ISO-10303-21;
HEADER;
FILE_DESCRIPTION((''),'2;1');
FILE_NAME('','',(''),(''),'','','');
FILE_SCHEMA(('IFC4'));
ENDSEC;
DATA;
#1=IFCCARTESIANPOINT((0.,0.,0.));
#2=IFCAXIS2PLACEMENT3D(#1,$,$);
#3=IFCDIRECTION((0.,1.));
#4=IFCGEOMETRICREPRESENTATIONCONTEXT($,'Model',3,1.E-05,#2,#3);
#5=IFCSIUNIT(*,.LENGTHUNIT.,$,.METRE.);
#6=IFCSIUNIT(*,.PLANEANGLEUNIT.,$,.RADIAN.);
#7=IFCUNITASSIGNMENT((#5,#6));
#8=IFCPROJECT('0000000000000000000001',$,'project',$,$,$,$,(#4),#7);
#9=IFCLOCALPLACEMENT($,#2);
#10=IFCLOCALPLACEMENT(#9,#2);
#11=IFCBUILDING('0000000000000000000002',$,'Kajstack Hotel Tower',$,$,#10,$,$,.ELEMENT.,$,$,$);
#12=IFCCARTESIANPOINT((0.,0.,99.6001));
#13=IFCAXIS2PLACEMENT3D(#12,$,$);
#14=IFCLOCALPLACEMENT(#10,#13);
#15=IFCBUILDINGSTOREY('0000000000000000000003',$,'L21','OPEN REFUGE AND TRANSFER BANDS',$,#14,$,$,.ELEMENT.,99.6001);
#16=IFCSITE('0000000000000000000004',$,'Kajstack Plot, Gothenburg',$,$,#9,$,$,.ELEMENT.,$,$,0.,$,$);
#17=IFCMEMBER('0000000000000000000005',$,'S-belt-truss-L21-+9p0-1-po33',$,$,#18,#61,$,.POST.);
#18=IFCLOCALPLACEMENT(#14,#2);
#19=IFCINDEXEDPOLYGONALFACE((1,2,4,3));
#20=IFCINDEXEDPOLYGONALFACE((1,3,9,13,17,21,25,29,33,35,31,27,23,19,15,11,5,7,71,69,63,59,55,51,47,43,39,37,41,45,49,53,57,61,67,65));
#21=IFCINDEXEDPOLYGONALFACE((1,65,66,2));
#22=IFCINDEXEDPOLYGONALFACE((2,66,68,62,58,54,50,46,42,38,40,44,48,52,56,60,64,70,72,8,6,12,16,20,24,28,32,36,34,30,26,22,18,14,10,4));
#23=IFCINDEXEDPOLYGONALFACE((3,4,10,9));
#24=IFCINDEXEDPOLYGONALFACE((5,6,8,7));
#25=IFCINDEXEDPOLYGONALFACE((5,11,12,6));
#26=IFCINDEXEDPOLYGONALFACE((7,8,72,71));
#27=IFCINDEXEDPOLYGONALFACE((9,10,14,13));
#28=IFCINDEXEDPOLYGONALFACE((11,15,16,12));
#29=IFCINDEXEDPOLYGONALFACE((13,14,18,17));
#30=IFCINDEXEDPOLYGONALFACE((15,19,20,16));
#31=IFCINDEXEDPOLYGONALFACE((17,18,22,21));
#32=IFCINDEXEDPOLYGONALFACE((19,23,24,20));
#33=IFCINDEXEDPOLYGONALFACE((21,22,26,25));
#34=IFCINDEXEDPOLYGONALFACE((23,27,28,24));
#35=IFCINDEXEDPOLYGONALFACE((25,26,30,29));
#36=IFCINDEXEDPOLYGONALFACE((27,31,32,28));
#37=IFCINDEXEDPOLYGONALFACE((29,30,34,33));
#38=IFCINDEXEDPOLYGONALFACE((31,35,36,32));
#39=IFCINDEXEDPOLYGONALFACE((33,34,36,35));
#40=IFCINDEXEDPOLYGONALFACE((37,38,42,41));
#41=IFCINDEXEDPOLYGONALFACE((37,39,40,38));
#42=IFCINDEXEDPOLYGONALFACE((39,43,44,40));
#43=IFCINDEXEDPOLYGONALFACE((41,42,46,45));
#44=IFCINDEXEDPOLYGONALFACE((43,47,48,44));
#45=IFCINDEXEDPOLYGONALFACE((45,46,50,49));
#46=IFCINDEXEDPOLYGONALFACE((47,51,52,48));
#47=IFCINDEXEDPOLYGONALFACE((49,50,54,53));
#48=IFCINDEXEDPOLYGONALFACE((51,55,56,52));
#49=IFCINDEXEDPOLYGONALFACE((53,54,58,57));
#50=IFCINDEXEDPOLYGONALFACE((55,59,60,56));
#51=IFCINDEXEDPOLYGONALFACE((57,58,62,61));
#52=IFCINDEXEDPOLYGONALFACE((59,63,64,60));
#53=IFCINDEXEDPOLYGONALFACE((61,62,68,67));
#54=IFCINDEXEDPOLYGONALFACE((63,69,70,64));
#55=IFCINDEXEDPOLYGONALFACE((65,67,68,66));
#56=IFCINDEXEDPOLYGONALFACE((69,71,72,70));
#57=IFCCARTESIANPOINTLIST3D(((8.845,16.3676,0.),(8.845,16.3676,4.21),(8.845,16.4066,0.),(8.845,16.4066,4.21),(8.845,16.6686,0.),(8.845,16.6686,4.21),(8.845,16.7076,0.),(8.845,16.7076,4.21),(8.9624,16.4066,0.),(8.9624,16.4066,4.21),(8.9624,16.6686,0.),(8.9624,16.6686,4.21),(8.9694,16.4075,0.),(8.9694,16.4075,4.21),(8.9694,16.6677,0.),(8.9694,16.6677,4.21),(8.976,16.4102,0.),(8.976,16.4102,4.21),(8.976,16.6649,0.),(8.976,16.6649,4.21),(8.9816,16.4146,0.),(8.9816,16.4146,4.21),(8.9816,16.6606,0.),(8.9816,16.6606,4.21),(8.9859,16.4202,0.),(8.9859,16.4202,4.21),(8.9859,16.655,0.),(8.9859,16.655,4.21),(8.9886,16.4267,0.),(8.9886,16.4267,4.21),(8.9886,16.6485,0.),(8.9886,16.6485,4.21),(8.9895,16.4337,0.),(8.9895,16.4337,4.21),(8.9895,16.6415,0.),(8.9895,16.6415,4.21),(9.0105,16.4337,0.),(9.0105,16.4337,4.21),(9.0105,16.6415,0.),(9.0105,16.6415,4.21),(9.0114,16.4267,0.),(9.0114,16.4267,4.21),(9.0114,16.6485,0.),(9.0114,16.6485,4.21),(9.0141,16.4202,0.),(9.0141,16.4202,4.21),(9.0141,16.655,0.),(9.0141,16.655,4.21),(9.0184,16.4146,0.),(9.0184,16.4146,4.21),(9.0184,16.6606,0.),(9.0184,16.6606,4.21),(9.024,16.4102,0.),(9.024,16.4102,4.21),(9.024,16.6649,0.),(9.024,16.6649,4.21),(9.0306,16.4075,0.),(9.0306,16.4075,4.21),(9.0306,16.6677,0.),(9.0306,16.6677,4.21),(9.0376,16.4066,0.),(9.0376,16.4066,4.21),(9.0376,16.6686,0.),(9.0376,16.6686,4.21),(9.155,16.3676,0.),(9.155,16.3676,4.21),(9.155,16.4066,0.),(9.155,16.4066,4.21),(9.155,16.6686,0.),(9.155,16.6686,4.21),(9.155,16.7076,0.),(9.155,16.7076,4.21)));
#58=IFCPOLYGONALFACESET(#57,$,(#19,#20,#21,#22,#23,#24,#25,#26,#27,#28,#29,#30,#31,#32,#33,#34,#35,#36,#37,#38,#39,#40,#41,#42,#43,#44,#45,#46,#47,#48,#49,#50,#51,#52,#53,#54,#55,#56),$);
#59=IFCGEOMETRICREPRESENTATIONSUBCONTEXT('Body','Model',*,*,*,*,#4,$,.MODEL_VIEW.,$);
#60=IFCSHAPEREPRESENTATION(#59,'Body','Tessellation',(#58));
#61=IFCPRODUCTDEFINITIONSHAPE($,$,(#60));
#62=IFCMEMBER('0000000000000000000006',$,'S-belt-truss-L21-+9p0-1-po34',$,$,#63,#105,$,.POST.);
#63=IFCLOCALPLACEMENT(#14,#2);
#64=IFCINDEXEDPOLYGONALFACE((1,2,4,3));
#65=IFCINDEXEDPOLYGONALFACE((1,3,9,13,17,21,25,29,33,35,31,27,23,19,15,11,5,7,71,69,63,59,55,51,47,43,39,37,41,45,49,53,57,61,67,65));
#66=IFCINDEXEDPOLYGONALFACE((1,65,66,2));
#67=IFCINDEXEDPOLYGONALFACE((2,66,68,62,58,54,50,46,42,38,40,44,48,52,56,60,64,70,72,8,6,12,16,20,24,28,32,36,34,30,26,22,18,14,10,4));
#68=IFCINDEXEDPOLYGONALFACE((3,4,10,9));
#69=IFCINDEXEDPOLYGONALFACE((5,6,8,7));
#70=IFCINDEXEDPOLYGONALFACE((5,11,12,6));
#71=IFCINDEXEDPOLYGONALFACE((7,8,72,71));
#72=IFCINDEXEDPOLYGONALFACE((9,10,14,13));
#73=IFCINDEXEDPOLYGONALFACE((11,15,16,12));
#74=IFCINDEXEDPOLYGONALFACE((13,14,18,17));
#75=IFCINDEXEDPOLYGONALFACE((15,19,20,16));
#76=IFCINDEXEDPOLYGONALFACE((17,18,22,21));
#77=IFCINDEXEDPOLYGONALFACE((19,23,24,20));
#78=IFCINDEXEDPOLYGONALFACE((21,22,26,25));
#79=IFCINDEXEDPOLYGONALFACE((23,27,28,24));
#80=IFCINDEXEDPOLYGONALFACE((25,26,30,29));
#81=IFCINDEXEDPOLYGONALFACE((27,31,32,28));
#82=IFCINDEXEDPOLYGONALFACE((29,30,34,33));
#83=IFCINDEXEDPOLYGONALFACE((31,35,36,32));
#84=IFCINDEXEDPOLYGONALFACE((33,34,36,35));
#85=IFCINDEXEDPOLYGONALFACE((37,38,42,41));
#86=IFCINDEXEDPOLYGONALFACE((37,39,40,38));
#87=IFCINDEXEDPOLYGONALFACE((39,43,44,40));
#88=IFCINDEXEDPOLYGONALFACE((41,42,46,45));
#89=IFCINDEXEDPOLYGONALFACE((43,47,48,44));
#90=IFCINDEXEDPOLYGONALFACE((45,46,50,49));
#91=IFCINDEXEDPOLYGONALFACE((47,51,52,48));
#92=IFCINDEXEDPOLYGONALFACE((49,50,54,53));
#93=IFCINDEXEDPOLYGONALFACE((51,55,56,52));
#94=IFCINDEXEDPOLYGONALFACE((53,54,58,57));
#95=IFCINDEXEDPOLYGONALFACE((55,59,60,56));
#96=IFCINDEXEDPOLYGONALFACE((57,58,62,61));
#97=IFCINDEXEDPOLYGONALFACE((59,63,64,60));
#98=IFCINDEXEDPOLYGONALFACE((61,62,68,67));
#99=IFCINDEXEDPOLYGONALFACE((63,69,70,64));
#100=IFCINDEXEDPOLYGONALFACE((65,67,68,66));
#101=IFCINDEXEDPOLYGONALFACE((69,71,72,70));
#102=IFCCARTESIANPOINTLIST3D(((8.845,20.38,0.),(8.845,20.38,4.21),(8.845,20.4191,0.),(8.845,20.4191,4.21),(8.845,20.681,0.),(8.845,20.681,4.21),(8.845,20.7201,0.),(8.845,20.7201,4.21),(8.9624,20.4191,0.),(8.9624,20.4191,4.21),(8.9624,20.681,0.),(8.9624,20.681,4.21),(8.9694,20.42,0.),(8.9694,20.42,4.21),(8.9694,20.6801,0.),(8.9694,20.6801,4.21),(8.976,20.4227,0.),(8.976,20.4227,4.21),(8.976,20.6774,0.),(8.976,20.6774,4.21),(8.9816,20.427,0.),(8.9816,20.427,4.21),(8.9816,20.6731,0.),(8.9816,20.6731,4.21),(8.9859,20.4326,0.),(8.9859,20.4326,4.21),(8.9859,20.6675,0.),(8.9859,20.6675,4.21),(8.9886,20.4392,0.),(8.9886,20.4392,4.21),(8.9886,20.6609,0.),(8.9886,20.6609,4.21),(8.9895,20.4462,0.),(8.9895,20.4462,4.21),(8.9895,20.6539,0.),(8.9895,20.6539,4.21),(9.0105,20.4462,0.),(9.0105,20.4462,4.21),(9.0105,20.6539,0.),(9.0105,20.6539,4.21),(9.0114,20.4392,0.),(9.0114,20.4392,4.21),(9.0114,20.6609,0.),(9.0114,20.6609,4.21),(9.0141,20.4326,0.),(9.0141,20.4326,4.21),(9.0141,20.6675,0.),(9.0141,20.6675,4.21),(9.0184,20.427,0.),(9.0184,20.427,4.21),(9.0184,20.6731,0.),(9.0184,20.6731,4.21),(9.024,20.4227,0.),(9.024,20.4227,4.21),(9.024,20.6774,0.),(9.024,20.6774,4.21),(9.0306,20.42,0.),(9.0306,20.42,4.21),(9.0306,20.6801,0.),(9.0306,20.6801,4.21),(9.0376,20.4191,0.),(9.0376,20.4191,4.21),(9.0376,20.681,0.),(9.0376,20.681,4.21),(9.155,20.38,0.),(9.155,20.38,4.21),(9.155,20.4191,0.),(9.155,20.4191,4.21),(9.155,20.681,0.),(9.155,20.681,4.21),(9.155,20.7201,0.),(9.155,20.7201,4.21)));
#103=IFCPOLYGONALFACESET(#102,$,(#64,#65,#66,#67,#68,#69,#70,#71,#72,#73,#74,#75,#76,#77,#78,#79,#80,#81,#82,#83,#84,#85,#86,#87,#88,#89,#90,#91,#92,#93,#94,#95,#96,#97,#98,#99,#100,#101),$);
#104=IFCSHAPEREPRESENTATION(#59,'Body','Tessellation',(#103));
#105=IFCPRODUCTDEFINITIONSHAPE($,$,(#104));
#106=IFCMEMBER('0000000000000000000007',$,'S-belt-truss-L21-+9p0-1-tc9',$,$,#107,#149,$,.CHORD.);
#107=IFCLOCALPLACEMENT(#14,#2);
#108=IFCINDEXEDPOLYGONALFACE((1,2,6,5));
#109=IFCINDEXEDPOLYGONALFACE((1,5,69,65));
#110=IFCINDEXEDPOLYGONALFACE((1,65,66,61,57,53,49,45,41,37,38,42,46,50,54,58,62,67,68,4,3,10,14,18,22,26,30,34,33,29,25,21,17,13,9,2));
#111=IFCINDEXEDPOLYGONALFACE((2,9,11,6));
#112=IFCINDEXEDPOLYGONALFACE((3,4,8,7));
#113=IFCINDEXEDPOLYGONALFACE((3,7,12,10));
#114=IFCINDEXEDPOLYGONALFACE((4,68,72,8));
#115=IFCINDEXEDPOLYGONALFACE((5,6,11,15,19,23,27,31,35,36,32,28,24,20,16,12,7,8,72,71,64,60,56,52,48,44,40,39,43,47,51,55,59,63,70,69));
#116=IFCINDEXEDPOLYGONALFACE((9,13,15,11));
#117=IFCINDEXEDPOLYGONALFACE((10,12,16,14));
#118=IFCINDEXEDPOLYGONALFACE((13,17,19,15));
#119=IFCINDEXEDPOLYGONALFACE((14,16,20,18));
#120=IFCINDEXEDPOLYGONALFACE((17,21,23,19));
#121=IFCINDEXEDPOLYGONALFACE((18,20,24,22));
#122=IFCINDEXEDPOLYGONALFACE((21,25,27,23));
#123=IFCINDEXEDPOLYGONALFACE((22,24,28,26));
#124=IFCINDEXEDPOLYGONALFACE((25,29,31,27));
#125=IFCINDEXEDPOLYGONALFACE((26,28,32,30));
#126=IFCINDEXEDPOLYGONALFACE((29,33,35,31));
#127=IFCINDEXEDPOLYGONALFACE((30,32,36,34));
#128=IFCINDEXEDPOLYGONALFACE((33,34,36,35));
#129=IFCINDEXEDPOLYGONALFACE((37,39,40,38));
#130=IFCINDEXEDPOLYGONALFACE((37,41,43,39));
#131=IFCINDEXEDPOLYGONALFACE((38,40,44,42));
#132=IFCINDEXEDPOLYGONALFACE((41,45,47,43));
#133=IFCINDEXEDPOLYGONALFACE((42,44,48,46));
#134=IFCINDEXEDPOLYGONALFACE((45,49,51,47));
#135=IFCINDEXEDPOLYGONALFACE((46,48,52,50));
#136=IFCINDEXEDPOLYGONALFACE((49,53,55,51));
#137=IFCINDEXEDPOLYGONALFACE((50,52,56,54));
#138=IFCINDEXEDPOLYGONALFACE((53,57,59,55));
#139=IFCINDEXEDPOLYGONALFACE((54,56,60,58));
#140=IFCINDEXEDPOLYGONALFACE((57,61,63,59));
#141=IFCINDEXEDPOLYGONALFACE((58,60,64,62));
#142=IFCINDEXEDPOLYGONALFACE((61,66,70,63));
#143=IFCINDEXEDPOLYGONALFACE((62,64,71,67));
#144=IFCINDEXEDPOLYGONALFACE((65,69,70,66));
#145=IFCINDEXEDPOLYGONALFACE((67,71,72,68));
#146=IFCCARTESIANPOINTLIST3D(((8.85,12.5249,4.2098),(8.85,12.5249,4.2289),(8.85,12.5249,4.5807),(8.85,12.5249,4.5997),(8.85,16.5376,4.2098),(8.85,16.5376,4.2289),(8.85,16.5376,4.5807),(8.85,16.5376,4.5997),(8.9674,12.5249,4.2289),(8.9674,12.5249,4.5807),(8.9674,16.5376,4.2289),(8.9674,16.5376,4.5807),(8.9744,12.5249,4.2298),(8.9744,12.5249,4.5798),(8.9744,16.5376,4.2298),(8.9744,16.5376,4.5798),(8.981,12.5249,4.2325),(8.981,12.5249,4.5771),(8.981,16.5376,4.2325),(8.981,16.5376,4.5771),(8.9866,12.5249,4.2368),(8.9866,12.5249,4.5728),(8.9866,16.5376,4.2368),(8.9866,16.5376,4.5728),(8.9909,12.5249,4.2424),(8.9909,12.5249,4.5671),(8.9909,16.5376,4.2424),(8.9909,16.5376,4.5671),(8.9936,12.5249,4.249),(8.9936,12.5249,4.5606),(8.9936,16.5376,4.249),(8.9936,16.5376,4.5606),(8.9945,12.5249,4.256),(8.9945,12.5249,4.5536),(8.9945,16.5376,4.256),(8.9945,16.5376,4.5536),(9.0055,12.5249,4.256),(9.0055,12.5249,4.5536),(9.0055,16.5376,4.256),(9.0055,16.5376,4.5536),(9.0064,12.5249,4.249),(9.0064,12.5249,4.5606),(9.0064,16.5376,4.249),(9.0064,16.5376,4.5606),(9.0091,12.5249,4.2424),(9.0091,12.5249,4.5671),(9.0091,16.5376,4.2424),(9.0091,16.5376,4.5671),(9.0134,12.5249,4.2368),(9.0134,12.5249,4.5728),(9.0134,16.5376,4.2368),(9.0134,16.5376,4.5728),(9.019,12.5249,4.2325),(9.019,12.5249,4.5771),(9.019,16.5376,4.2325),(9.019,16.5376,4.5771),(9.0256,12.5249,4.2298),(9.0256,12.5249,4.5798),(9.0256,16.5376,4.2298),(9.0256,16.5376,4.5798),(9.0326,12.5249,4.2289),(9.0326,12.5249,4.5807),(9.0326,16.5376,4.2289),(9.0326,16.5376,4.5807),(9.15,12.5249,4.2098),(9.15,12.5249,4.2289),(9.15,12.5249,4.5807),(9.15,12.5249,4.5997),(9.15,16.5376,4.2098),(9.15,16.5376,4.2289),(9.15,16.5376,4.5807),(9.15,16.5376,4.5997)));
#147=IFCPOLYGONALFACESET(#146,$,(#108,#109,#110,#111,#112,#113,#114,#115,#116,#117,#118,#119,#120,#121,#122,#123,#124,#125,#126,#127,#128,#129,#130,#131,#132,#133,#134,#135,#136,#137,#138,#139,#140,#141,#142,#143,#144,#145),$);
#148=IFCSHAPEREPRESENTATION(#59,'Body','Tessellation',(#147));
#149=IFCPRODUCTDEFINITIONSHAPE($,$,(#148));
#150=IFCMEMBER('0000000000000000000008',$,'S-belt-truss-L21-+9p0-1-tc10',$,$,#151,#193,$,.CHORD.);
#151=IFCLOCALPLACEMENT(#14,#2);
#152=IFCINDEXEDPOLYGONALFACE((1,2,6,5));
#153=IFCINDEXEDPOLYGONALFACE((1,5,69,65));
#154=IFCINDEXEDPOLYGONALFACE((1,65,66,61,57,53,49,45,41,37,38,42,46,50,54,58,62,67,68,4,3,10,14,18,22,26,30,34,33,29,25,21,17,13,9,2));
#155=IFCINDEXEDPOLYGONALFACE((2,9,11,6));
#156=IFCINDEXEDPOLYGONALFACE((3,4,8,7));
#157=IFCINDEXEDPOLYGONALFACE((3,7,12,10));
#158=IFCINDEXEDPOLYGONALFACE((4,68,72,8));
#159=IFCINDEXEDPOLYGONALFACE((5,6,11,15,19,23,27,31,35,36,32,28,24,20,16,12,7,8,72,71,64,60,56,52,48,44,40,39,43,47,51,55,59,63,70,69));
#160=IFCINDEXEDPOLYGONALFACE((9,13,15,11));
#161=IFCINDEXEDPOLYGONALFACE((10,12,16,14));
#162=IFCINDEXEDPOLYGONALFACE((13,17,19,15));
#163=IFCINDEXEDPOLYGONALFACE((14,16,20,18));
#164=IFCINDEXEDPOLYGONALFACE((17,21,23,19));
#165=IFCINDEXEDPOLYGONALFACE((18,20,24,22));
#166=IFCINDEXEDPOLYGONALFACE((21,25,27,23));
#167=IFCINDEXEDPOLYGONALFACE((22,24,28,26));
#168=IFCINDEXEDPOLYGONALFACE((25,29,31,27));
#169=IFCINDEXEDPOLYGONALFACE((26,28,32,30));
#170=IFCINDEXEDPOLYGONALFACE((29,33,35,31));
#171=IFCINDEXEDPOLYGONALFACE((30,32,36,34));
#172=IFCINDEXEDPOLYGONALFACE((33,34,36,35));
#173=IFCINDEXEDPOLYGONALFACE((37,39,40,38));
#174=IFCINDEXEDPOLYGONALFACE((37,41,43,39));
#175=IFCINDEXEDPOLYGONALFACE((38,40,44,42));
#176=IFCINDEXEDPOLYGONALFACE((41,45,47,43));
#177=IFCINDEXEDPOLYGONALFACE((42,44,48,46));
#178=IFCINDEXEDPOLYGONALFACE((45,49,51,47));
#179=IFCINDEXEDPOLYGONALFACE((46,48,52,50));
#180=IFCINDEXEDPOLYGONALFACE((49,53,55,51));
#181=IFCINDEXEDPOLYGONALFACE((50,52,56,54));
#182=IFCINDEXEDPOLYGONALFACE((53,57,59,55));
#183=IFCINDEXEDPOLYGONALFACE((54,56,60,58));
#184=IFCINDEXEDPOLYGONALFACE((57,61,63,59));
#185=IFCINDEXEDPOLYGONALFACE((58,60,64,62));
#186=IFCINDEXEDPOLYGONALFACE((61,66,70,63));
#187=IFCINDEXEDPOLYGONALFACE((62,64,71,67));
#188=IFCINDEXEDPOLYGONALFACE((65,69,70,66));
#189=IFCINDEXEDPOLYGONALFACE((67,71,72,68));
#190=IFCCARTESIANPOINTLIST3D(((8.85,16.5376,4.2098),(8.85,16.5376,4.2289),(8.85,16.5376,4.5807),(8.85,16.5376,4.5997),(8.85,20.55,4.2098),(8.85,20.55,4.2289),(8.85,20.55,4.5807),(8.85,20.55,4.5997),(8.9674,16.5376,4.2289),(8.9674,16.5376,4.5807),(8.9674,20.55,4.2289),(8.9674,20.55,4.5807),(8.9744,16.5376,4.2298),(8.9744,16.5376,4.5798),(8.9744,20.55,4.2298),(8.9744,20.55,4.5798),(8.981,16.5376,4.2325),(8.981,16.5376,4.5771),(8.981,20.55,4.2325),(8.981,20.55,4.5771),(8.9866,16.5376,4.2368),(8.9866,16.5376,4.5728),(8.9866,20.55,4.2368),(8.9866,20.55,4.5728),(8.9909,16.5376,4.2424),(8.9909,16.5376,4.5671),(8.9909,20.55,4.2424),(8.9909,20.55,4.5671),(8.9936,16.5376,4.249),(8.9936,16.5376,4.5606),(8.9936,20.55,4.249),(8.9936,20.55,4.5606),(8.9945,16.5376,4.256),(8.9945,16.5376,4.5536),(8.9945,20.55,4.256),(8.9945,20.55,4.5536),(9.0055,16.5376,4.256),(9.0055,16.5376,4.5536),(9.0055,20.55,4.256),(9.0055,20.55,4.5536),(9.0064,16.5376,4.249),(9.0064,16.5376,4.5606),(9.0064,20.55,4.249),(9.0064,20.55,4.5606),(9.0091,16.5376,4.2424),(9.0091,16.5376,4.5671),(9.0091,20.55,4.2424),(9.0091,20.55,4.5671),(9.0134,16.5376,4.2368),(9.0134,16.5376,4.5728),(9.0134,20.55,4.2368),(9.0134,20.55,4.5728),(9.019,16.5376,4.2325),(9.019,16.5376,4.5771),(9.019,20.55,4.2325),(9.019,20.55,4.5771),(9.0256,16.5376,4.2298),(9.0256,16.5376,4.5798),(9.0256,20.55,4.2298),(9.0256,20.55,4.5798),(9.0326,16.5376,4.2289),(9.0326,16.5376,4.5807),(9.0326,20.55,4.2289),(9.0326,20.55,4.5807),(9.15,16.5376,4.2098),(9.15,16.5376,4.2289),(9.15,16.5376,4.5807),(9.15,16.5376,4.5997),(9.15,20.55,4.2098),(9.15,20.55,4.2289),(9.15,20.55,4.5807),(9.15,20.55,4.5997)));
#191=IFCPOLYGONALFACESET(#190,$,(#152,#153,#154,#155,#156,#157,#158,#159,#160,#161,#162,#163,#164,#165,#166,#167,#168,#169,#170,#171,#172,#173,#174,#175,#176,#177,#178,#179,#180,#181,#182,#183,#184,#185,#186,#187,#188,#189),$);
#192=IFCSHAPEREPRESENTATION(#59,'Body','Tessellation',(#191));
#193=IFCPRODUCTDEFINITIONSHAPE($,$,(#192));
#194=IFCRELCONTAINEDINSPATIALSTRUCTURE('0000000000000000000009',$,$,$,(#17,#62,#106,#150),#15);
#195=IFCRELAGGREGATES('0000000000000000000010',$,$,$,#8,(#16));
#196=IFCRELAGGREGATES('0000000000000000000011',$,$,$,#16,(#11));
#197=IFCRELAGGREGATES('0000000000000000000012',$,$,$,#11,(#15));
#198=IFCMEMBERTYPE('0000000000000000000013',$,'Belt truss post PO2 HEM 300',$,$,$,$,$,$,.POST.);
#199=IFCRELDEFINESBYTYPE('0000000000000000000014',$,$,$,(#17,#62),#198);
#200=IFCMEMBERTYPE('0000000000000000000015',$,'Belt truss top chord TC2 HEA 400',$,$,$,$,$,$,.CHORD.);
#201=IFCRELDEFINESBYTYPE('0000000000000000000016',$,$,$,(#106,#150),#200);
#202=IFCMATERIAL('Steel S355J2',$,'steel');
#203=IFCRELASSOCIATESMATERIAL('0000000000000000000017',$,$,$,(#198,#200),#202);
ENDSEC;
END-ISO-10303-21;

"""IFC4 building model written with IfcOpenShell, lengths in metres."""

from ifc_helpers import new_model, si_unit, direction, frame, origin, origin_2d, place, context, subcontext, project, spatial, i_section, extrude, material, material_profile, profile_set, type_object, element, save


model = new_model("IFC4")

# Units and contexts
model_context = context("Model", 3, precision=1e-05, world=origin(), true_north=direction((0.0, 1.0)))
body_context = subcontext(model_context, "Body", "Model", "MODEL_VIEW")
ifc_project = project(units=[si_unit("LENGTHUNIT", "METRE"), si_unit("PLANEANGLEUNIT", "RADIAN")], contexts=[model_context])

# Site, building, storey
site_placement = place(None, origin())
site = spatial("IfcSite", under=ifc_project, at=site_placement, Name="Kajstack Plot, Gothenburg", CompositionType="ELEMENT", RefElevation=0.0)
building_placement = place(site_placement, origin())
building = spatial("IfcBuilding", under=site, at=building_placement, Name="Kajstack Hotel Tower", CompositionType="ELEMENT")
storey_placement = place(building_placement, frame((0.0, 0.0, 99.6001)))
storey = spatial("IfcBuildingStorey", under=building, at=storey_placement, Name="L21", Description="OPEN REFUGE AND TRANSFER BANDS", CompositionType="ELEMENT", Elevation=99.6001)

# Members
ifc_material = material(Name="Steel S355J2", Category="steel")
ifc_material_profile_1 = material_profile(ifc_material, i_section(OverallWidth=0.3101, OverallDepth=0.3401, WebThickness=0.021, FlangeThickness=0.0391, FilletRadius=0.0271, at=origin_2d()), Name="HEM 300")
ifc_profile_set_1 = profile_set([ifc_material_profile_1], Name="Steel S355J2")
member_type_1 = type_object("IfcMemberType", Name="Belt truss post PO2 HEM 300", PredefinedType="POST", material=ifc_profile_set_1)
for number, where, z_axis, x_axis, name in (
    (1, (9.0, 16.5376, 0.0), (0.0, 0.0, 1.0), (1.0, 0.0, 0.0), "S-belt-truss-L21-+9p0-1-po33"),
    (2, (9.0, 20.55, 0.0), (0.0, 0.0, 1.0), (1.0, 0.0, 0.0), "S-belt-truss-L21-+9p0-1-po34"),
):
    element("IfcMember", number, at=place(storey_placement, frame(where, z_axis=z_axis, x_axis=x_axis)), inside=storey, type_object=member_type_1, Name=name, PredefinedType="POST", context=body_context, shape_type="SweptSolid", body=[
        extrude(i_section(OverallWidth=0.3101, OverallDepth=0.3401, WebThickness=0.021, FlangeThickness=0.0391, FilletRadius=0.0271, at=origin_2d()), origin(), (0.0, 0.0, 1.0), 4.21),
    ])
ifc_material_profile_2 = material_profile(ifc_material, i_section(OverallWidth=0.3, OverallDepth=0.3899, WebThickness=0.011, FlangeThickness=0.019, FilletRadius=0.0271, at=origin_2d()), Name="HEA 400")
ifc_profile_set_2 = profile_set([ifc_material_profile_2], Name="Steel S355J2")
member_type_2 = type_object("IfcMemberType", Name="Belt truss top chord TC2 HEA 400", PredefinedType="CHORD", material=ifc_profile_set_2)
member_1_placement = place(storey_placement, frame((9.0, 12.5249, 4.4048), z_axis=(0.0, 1.0, 0.0), x_axis=(-1.0, 0.0, 0.0)))
element("IfcMember", 3, at=member_1_placement, inside=storey, type_object=member_type_2, Name="S-belt-truss-L21-+9p0-1-tc9", PredefinedType="CHORD", context=body_context, shape_type="SweptSolid", body=[
    extrude(i_section(OverallWidth=0.3, OverallDepth=0.3899, WebThickness=0.011, FlangeThickness=0.019, FilletRadius=0.0271, at=origin_2d()), origin(), (0.0, 0.0, 1.0), 4.0127),
])
member_2_placement = place(storey_placement, frame((9.0, 16.5376, 4.4048), z_axis=(0.0, 1.0, 0.0), x_axis=(-1.0, 0.0, 0.0)))
element("IfcMember", 4, at=member_2_placement, inside=storey, type_object=member_type_2, Name="S-belt-truss-L21-+9p0-1-tc10", PredefinedType="CHORD", context=body_context, shape_type="SweptSolid", body=[
    extrude(i_section(OverallWidth=0.3, OverallDepth=0.3899, WebThickness=0.011, FlangeThickness=0.019, FilletRadius=0.0271, at=origin_2d()), origin(), (0.0, 0.0, 1.0), 4.0125),
])

save(model, "model.ifc")
